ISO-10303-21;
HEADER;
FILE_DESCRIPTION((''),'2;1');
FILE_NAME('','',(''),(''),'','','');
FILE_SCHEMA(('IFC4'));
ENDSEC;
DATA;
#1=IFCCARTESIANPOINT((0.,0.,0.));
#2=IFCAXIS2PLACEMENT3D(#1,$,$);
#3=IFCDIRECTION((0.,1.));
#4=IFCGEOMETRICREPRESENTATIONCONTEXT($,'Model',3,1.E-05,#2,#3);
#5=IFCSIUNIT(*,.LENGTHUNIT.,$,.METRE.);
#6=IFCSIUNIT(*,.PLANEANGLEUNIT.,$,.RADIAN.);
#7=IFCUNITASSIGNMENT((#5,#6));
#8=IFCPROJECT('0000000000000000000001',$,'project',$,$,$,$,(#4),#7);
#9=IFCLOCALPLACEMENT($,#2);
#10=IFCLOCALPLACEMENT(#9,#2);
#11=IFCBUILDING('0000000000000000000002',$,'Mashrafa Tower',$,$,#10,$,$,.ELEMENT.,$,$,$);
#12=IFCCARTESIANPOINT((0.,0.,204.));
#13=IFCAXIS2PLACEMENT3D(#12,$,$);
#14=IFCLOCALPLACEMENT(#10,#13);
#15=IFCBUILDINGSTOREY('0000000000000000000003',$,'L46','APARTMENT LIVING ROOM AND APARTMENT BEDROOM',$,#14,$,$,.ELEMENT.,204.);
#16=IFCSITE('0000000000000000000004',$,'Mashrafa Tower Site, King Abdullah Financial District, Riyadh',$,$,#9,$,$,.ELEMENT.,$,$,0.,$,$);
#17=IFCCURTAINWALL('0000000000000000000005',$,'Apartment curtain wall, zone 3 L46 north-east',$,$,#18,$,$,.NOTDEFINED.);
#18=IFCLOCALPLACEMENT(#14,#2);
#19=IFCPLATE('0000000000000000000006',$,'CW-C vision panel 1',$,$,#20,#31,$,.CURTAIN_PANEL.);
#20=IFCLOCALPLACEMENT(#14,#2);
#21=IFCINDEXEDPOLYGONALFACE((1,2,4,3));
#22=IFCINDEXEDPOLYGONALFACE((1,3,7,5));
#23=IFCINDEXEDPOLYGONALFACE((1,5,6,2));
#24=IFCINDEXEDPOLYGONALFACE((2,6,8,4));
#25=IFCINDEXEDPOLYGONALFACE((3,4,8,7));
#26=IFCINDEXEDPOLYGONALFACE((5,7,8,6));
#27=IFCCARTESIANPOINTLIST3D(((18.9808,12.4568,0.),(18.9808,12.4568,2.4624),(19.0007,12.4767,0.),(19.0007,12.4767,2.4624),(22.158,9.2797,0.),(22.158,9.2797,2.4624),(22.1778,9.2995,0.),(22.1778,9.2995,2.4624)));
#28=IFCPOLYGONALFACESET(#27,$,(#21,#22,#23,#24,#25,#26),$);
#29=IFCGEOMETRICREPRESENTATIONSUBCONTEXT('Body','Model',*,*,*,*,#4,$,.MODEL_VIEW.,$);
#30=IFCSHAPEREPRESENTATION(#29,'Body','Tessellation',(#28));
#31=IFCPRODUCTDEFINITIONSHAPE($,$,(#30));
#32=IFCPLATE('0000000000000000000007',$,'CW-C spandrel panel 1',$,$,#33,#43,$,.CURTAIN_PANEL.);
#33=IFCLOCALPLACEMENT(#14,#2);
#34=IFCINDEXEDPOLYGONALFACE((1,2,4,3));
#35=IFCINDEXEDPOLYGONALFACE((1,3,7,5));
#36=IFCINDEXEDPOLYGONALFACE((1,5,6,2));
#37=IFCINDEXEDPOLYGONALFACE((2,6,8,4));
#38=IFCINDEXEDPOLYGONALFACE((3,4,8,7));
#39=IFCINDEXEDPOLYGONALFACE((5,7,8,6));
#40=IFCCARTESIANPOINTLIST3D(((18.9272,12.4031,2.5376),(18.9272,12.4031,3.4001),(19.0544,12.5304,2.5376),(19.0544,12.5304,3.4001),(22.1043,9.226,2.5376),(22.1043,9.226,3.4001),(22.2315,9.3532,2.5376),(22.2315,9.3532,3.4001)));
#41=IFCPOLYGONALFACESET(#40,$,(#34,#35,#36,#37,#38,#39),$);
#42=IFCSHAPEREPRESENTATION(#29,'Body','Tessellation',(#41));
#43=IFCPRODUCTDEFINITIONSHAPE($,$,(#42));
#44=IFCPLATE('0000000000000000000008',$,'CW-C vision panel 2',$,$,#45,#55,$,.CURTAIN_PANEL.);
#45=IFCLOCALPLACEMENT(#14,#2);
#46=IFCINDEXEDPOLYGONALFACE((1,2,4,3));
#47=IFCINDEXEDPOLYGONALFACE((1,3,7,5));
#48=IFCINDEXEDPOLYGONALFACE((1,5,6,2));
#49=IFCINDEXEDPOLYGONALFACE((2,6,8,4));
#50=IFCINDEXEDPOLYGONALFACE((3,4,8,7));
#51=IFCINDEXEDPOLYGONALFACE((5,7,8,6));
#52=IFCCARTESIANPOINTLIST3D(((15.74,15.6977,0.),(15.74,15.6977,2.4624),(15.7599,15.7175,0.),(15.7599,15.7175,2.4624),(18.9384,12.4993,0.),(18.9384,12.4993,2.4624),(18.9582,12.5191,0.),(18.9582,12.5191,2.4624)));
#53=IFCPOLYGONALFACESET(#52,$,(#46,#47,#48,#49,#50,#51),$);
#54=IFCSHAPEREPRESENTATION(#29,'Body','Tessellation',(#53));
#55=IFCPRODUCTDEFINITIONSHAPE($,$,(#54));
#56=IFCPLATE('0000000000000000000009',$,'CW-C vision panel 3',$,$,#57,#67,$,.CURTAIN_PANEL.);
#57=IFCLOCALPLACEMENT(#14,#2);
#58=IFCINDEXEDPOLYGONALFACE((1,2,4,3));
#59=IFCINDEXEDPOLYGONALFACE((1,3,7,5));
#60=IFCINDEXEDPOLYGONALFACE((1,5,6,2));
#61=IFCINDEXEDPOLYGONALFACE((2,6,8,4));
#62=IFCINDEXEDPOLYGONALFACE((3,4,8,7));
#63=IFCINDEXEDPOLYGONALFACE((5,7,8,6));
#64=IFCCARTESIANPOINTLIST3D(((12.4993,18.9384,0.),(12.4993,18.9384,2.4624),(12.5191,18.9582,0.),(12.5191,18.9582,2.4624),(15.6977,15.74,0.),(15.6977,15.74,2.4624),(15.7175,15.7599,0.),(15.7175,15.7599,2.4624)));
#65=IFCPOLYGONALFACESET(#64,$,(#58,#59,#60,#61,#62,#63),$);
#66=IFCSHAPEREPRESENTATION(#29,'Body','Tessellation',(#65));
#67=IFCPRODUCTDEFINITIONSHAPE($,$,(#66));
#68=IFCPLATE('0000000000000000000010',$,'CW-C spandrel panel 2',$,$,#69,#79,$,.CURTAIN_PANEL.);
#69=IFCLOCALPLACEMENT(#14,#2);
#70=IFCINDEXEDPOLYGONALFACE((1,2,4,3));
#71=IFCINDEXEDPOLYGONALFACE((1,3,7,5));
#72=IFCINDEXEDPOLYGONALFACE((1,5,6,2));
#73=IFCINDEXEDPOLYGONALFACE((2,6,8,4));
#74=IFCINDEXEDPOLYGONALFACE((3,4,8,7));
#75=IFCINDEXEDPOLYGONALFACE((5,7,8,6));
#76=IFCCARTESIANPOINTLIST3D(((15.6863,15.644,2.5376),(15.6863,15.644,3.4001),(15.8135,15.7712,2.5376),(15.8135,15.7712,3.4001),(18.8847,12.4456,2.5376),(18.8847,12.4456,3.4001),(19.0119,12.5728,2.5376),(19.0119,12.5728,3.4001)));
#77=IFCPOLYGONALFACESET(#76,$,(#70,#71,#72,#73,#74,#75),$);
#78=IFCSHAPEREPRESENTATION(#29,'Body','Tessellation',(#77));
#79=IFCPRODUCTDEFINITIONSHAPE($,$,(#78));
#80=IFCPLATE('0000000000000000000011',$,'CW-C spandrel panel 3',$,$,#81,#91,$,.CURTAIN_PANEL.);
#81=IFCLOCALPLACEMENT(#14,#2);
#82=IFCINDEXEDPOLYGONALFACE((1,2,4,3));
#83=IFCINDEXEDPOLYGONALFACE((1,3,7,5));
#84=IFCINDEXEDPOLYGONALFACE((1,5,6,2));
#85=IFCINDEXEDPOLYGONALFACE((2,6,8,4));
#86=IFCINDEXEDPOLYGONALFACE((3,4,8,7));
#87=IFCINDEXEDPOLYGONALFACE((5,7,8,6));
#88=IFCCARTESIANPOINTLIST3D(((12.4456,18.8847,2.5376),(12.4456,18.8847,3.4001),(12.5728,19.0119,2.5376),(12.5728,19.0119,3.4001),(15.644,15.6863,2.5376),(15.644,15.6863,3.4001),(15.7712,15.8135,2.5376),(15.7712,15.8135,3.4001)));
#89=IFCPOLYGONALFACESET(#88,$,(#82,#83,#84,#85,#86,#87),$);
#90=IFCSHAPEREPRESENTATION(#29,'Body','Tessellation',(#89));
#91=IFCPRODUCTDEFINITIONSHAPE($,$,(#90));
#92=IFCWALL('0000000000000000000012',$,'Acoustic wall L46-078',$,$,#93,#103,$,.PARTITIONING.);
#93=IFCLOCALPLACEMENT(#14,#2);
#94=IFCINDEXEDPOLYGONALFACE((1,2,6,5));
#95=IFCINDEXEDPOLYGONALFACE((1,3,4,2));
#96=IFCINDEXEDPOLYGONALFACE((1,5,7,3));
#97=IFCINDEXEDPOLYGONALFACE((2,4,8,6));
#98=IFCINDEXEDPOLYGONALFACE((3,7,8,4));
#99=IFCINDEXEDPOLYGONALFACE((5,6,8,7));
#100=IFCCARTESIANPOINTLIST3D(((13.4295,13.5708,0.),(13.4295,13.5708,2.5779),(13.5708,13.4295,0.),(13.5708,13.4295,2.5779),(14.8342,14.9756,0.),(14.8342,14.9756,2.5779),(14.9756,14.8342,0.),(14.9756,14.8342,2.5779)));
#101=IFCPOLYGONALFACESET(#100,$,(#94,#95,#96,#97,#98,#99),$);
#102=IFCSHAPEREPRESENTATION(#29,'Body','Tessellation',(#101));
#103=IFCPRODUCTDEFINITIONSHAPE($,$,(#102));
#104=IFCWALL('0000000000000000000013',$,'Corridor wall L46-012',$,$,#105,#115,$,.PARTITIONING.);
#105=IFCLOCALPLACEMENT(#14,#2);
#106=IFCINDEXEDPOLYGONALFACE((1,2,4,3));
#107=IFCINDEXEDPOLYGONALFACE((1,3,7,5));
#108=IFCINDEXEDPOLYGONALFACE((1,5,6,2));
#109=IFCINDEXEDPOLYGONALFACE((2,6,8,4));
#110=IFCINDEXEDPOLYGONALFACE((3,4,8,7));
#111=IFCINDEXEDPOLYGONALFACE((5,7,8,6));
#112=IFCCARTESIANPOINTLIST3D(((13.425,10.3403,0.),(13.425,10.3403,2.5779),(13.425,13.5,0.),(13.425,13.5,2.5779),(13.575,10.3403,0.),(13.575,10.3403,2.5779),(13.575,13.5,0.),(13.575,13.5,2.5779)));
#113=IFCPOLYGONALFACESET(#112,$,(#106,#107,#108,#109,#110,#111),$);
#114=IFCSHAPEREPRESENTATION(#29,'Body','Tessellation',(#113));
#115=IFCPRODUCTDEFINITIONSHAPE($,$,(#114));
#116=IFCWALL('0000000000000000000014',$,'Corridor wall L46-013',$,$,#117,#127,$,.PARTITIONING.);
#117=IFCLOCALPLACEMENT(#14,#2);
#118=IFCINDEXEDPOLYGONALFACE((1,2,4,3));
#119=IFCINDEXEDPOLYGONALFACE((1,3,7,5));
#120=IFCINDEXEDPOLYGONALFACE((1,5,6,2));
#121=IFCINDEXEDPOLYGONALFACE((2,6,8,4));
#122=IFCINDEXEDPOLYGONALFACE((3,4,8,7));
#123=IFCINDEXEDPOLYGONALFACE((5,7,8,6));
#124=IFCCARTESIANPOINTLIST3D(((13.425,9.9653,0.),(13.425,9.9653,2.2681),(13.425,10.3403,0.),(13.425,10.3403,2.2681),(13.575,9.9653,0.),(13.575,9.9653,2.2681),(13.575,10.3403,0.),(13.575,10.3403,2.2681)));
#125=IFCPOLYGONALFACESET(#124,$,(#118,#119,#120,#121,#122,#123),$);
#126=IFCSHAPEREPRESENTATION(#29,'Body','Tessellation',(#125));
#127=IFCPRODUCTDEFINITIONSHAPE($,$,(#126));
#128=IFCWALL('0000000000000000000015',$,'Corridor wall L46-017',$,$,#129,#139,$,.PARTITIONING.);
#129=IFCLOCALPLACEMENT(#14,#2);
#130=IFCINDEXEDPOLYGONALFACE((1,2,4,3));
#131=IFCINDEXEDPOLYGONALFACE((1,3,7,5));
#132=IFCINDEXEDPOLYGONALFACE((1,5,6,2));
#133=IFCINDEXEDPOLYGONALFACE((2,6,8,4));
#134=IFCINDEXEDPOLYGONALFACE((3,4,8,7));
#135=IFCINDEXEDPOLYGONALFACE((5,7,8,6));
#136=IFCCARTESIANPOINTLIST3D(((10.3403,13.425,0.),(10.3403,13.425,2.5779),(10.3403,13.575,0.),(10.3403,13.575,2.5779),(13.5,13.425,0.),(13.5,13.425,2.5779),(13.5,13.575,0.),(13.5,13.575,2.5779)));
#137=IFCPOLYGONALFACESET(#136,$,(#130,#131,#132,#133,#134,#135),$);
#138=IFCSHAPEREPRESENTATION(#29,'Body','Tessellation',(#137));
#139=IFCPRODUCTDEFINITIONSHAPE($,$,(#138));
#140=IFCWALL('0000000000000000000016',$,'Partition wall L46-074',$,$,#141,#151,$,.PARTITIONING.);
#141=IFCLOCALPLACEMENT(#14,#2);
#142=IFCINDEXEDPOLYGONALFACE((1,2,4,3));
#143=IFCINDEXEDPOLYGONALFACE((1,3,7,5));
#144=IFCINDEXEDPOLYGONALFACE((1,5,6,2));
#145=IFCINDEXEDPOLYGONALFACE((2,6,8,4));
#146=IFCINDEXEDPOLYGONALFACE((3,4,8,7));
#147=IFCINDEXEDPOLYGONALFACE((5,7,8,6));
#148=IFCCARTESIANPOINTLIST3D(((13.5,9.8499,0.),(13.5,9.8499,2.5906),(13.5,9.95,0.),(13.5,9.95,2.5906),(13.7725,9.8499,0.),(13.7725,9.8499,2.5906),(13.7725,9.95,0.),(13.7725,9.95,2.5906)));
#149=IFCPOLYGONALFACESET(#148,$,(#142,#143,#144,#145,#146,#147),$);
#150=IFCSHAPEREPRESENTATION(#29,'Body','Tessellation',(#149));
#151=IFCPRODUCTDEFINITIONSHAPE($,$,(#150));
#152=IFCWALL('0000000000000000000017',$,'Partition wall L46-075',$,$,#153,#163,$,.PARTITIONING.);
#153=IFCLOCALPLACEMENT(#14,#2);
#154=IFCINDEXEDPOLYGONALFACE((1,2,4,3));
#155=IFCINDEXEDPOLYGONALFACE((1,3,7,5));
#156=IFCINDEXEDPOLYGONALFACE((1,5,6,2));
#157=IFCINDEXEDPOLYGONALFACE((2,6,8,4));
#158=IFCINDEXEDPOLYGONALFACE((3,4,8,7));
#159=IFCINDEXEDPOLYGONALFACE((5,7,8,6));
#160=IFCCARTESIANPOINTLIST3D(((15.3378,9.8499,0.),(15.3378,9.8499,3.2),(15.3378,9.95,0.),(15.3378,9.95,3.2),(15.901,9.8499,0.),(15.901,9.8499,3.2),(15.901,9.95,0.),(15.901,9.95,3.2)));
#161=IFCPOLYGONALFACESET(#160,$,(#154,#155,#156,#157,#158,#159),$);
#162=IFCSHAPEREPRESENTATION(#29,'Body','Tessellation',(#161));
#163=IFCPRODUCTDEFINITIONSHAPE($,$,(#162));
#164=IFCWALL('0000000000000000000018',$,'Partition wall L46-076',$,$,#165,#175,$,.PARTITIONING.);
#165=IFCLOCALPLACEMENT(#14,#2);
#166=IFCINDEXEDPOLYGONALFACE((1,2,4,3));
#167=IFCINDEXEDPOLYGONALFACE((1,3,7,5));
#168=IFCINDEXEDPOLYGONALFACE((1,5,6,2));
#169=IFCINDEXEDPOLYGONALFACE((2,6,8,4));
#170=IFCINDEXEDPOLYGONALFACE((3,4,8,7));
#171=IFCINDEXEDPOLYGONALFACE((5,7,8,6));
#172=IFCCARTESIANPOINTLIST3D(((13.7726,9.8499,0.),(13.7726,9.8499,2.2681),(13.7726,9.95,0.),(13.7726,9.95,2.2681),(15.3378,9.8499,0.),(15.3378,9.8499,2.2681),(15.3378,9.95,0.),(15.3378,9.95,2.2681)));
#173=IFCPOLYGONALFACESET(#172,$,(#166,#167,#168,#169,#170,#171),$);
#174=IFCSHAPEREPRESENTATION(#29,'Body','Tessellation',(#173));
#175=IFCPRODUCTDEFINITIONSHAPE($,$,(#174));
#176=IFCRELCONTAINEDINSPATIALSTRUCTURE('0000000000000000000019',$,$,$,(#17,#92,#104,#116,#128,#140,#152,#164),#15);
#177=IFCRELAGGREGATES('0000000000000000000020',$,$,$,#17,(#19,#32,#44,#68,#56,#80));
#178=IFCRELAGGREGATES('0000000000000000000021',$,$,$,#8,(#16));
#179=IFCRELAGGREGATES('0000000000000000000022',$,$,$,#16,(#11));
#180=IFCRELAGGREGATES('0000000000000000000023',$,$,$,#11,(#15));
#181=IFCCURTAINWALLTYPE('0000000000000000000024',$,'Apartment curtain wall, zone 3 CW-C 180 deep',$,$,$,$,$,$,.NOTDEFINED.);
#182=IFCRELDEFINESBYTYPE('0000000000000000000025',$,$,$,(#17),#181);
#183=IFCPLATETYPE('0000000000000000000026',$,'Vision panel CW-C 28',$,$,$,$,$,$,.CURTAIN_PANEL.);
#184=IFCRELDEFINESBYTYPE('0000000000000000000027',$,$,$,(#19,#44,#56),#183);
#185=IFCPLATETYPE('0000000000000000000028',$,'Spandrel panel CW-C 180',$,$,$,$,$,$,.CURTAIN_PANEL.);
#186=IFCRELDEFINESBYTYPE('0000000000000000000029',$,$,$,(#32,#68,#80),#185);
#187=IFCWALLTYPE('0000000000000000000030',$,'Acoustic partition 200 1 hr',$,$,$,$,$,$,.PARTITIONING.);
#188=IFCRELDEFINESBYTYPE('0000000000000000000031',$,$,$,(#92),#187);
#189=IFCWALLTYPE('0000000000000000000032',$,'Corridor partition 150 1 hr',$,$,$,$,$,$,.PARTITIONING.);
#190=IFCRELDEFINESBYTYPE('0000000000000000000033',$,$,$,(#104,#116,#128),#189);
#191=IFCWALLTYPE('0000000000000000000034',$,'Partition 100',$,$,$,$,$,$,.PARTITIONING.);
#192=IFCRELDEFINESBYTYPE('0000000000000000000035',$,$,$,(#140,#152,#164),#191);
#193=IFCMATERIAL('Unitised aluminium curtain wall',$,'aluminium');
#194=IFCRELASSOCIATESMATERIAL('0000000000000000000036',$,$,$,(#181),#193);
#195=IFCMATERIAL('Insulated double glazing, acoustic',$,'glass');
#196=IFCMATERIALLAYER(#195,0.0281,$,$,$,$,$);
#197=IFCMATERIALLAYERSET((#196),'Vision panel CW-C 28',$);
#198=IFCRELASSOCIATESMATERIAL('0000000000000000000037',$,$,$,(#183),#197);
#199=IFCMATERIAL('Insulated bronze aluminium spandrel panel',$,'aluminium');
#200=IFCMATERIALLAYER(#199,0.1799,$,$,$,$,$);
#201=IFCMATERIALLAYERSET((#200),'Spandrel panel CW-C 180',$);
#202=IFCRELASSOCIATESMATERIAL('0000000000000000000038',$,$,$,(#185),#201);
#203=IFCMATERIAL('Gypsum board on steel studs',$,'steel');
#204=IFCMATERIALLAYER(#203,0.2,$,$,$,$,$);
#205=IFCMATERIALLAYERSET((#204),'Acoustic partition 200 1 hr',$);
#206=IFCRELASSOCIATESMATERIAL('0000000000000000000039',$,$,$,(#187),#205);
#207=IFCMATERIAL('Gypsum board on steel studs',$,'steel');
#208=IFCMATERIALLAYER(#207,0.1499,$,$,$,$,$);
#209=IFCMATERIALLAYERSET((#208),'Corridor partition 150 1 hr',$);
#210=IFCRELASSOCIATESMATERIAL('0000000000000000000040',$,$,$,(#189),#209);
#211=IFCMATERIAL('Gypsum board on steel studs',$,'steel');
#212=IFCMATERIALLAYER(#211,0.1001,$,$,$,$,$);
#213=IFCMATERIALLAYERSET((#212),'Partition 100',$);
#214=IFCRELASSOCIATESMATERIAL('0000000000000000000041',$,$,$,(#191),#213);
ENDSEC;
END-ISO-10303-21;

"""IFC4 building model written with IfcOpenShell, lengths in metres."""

from ifc_helpers import new_model, si_unit, direction, frame, frame_2d, origin, origin_2d, place, context, subcontext, project, spatial, rectangle, extrude, source, transform, mapped, material, layer, layer_set, type_object, type_shapes, element, aggregate, save


model = new_model("IFC4")

# Units and contexts
model_context = context("Model", 3, precision=1e-05, world=origin(), true_north=direction((0.0, 1.0)))
body_context = subcontext(model_context, "Body", "Model", "MODEL_VIEW")
ifc_project = project(units=[si_unit("LENGTHUNIT", "METRE"), si_unit("PLANEANGLEUNIT", "RADIAN")], contexts=[model_context])

# Site, building, storey
site_placement = place(None, origin())
site = spatial("IfcSite", under=ifc_project, at=site_placement, Name="Mashrafa Tower Site, King Abdullah Financial District, Riyadh", CompositionType="ELEMENT", RefElevation=0.0)
building_placement = place(site_placement, origin())
building = spatial("IfcBuilding", under=site, at=building_placement, Name="Mashrafa Tower", CompositionType="ELEMENT")
storey_placement = place(building_placement, frame((0.0, 0.0, 204.0)))
storey = spatial("IfcBuildingStorey", under=building, at=storey_placement, Name="L46", Description="APARTMENT LIVING ROOM AND APARTMENT BEDROOM", CompositionType="ELEMENT", Elevation=204.0)

# Curtain wall, plates
ifc_material_1 = material(Name="Unitised aluminium curtain wall", Category="aluminium")
curtain_wall_type = type_object("IfcCurtainWallType", Name="Apartment curtain wall, zone 3 CW-C 180 deep", PredefinedType="NOTDEFINED", material=ifc_material_1)
curtain_wall_placement = place(storey_placement, origin())
curtain_wall = element("IfcCurtainWall", 1, at=curtain_wall_placement, inside=storey, type_object=curtain_wall_type, Name="Apartment curtain wall, zone 3 L46 north-east", PredefinedType="NOTDEFINED")
ifc_material_2 = material(Name="Insulated double glazing, acoustic", Category="glass")
ifc_layer_1 = layer(ifc_material_2, 0.0281)
ifc_layer_set_1 = layer_set([ifc_layer_1], Name="Vision panel CW-C 28")
plate_type_1 = type_object("IfcPlateType", Name="Vision panel CW-C 28", PredefinedType="CURTAIN_PANEL", material=ifc_layer_set_1)
shared_shape_1 = source(origin(), body_context, "Body", "SweptSolid", [
    extrude(rectangle(XDim=4.4932, YDim=0.0281, at=origin_2d()), origin(), (0.0, 0.0, 1.0), 2.4624),
])
plate_1_placement = place(storey_placement, frame((20.5793, 10.8782, 0.0), z_axis=(0.0, 0.0, 1.0), x_axis=(-0.707107, 0.707107, 0.0)))
plate_1 = element("IfcPlate", 2, at=plate_1_placement, type_object=plate_type_1, Name="CW-C vision panel 1", PredefinedType="CURTAIN_PANEL", context=body_context, shape_type="MappedRepresentation", body=[
    mapped(shared_shape_1, transform((0.0, 0.0, 0.0))),
])
ifc_material_3 = material(Name="Insulated bronze aluminium spandrel panel", Category="aluminium")
ifc_layer_2 = layer(ifc_material_3, 0.1799)
ifc_layer_set_2 = layer_set([ifc_layer_2], Name="Spandrel panel CW-C 180")
plate_type_2 = type_object("IfcPlateType", Name="Spandrel panel CW-C 180", PredefinedType="CURTAIN_PANEL", material=ifc_layer_set_2)
shared_shape_2 = source(origin(), body_context, "Body", "SweptSolid", [
    extrude(rectangle(XDim=4.4932, YDim=0.1799, at=origin_2d()), origin(), (0.0, 0.0, 1.0), 0.8625),
])
plate_2_placement = place(storey_placement, frame((20.5793, 10.8782, 2.5376), z_axis=(0.0, 0.0, 1.0), x_axis=(-0.707107, 0.707107, 0.0)))
plate_2 = element("IfcPlate", 3, at=plate_2_placement, type_object=plate_type_2, Name="CW-C spandrel panel 1", PredefinedType="CURTAIN_PANEL", context=body_context, shape_type="MappedRepresentation", body=[
    mapped(shared_shape_2, transform((0.0, 0.0, 0.0))),
])
shared_shape_3 = source(origin(), body_context, "Body", "SweptSolid", [
    extrude(rectangle(XDim=4.5232, YDim=0.0281, at=origin_2d()), origin(), (0.0, 0.0, 1.0), 2.4624),
])
type_shapes(plate_type_1, [shared_shape_1, shared_shape_3])
plate_3_placement = place(storey_placement, frame((17.3491, 14.1084, 0.0), z_axis=(0.0, 0.0, 1.0), x_axis=(-0.707107, 0.707107, 0.0)))
plate_3 = element("IfcPlate", 4, at=plate_3_placement, type_object=plate_type_1, Name="CW-C vision panel 2", PredefinedType="CURTAIN_PANEL", context=body_context, shape_type="MappedRepresentation", body=[
    mapped(shared_shape_3, transform((0.0, 0.0, 0.0))),
])
plate_4_placement = place(storey_placement, frame((14.1084, 17.3491, 0.0), z_axis=(0.0, 0.0, 1.0), x_axis=(-0.707107, 0.707107, 0.0)))
plate_4 = element("IfcPlate", 5, at=plate_4_placement, type_object=plate_type_1, Name="CW-C vision panel 3", PredefinedType="CURTAIN_PANEL", context=body_context, shape_type="MappedRepresentation", body=[
    mapped(shared_shape_3, transform((0.0, 0.0, 0.0))),
])
shared_shape_4 = source(origin(), body_context, "Body", "SweptSolid", [
    extrude(rectangle(XDim=4.5232, YDim=0.1799, at=origin_2d()), origin(), (0.0, 0.0, 1.0), 0.8625),
])
type_shapes(plate_type_2, [shared_shape_2, shared_shape_4])
plate_5_placement = place(storey_placement, frame((17.3491, 14.1084, 2.5376), z_axis=(0.0, 0.0, 1.0), x_axis=(-0.707107, 0.707107, 0.0)))
plate_5 = element("IfcPlate", 6, at=plate_5_placement, type_object=plate_type_2, Name="CW-C spandrel panel 2", PredefinedType="CURTAIN_PANEL", context=body_context, shape_type="MappedRepresentation", body=[
    mapped(shared_shape_4, transform((0.0, 0.0, 0.0))),
])
plate_6_placement = place(storey_placement, frame((14.1084, 17.3491, 2.5376), z_axis=(0.0, 0.0, 1.0), x_axis=(-0.707107, 0.707107, 0.0)))
plate_6 = element("IfcPlate", 7, at=plate_6_placement, type_object=plate_type_2, Name="CW-C spandrel panel 3", PredefinedType="CURTAIN_PANEL", context=body_context, shape_type="MappedRepresentation", body=[
    mapped(shared_shape_4, transform((0.0, 0.0, 0.0))),
])
aggregate(curtain_wall, [plate_1, plate_2, plate_3, plate_5, plate_4, plate_6])

# Walls
ifc_material_4 = material(Name="Gypsum board on steel studs", Category="steel")
ifc_layer_3 = layer(ifc_material_4, 0.2)
ifc_layer_set_3 = layer_set([ifc_layer_3], Name="Acoustic partition 200 1 hr")
wall_type_1 = type_object("IfcWallType", Name="Acoustic partition 200 1 hr", PredefinedType="PARTITIONING", material=ifc_layer_set_3)
wall_1_placement = place(storey_placement, frame((14.9048, 14.9048, 0.0), z_axis=(0.0, 0.0, 1.0), x_axis=(-0.707107, -0.707107, 0.0)))
element("IfcWall", 8, at=wall_1_placement, inside=storey, type_object=wall_type_1, Name="Acoustic wall L46-078", PredefinedType="PARTITIONING", context=body_context, shape_type="SweptSolid", body=[
    extrude(rectangle(XDim=1.9866, YDim=0.2, at=frame_2d((0.9932, 0.0))), origin(), (0.0, 0.0, 1.0), 2.5779),
])
ifc_material_5 = material(Name="Gypsum board on steel studs", Category="steel")
ifc_layer_4 = layer(ifc_material_5, 0.1499)
ifc_layer_set_4 = layer_set([ifc_layer_4], Name="Corridor partition 150 1 hr")
wall_type_2 = type_object("IfcWallType", Name="Corridor partition 150 1 hr", PredefinedType="PARTITIONING", material=ifc_layer_set_4)
wall_2_placement = place(storey_placement, frame((13.5, 10.3403, 0.0), z_axis=(0.0, 0.0, 1.0), x_axis=(0.0, 1.0, 0.0)))
element("IfcWall", 9, at=wall_2_placement, inside=storey, type_object=wall_type_2, Name="Corridor wall L46-012", PredefinedType="PARTITIONING", context=body_context, shape_type="SweptSolid", body=[
    extrude(rectangle(XDim=3.1597, YDim=0.1499, at=frame_2d((1.5798, 0.0))), origin(), (0.0, 0.0, 1.0), 2.5779),
])
wall_3_placement = place(storey_placement, frame((13.5, 9.9653, 0.0), z_axis=(0.0, 0.0, 1.0), x_axis=(0.0, 1.0, 0.0)))
element("IfcWall", 10, at=wall_3_placement, inside=storey, type_object=wall_type_2, Name="Corridor wall L46-013", PredefinedType="PARTITIONING", context=body_context, shape_type="SweptSolid", body=[
    extrude(rectangle(XDim=0.375, YDim=0.1499, at=frame_2d((0.1875, 0.0))), origin(), (0.0, 0.0, 1.0), 2.2681),
])
wall_4_placement = place(storey_placement, frame((13.5, 13.5, 0.0), z_axis=(0.0, 0.0, 1.0), x_axis=(-1.0, 0.0, 0.0)))
element("IfcWall", 11, at=wall_4_placement, inside=storey, type_object=wall_type_2, Name="Corridor wall L46-017", PredefinedType="PARTITIONING", context=body_context, shape_type="SweptSolid", body=[
    extrude(rectangle(XDim=3.1597, YDim=0.1499, at=frame_2d((1.5798, 0.0))), origin(), (0.0, 0.0, 1.0), 2.5779),
])
ifc_material_6 = material(Name="Gypsum board on steel studs", Category="steel")
ifc_layer_5 = layer(ifc_material_6, 0.1001)
ifc_layer_set_5 = layer_set([ifc_layer_5], Name="Partition 100")
wall_type_3 = type_object("IfcWallType", Name="Partition 100", PredefinedType="PARTITIONING", material=ifc_layer_set_5)
wall_5_placement = place(storey_placement, frame((13.5, 9.8999, 0.0), z_axis=(0.0, 0.0, 1.0), x_axis=(1.0, 0.0, 0.0)))
element("IfcWall", 12, at=wall_5_placement, inside=storey, type_object=wall_type_3, Name="Partition wall L46-074", PredefinedType="PARTITIONING", context=body_context, shape_type="SweptSolid", body=[
    extrude(rectangle(XDim=0.2725, YDim=0.1001, at=frame_2d((0.1362, 0.0))), origin(), (0.0, 0.0, 1.0), 2.5906),
])
wall_6_placement = place(storey_placement, frame((15.3376, 9.8999, 0.0), z_axis=(0.0, 0.0, 1.0), x_axis=(1.0, 0.0, 0.0)))
element("IfcWall", 13, at=wall_6_placement, inside=storey, type_object=wall_type_3, Name="Partition wall L46-075", PredefinedType="PARTITIONING", context=body_context, shape_type="SweptSolid", body=[
    extrude(rectangle(XDim=0.5632, YDim=0.1001, at=frame_2d((0.2817, 0.0))), origin(), (0.0, 0.0, 1.0), 3.2),
])
wall_7_placement = place(storey_placement, frame((13.7725, 9.8999, 0.0), z_axis=(0.0, 0.0, 1.0), x_axis=(1.0, 0.0, 0.0)))
element("IfcWall", 14, at=wall_7_placement, inside=storey, type_object=wall_type_3, Name="Partition wall L46-076", PredefinedType="PARTITIONING", context=body_context, shape_type="SweptSolid", body=[
    extrude(rectangle(XDim=1.5652, YDim=0.1001, at=frame_2d((0.7827, 0.0))), origin(), (0.0, 0.0, 1.0), 2.2681),
])

save(model, "model.ifc")
